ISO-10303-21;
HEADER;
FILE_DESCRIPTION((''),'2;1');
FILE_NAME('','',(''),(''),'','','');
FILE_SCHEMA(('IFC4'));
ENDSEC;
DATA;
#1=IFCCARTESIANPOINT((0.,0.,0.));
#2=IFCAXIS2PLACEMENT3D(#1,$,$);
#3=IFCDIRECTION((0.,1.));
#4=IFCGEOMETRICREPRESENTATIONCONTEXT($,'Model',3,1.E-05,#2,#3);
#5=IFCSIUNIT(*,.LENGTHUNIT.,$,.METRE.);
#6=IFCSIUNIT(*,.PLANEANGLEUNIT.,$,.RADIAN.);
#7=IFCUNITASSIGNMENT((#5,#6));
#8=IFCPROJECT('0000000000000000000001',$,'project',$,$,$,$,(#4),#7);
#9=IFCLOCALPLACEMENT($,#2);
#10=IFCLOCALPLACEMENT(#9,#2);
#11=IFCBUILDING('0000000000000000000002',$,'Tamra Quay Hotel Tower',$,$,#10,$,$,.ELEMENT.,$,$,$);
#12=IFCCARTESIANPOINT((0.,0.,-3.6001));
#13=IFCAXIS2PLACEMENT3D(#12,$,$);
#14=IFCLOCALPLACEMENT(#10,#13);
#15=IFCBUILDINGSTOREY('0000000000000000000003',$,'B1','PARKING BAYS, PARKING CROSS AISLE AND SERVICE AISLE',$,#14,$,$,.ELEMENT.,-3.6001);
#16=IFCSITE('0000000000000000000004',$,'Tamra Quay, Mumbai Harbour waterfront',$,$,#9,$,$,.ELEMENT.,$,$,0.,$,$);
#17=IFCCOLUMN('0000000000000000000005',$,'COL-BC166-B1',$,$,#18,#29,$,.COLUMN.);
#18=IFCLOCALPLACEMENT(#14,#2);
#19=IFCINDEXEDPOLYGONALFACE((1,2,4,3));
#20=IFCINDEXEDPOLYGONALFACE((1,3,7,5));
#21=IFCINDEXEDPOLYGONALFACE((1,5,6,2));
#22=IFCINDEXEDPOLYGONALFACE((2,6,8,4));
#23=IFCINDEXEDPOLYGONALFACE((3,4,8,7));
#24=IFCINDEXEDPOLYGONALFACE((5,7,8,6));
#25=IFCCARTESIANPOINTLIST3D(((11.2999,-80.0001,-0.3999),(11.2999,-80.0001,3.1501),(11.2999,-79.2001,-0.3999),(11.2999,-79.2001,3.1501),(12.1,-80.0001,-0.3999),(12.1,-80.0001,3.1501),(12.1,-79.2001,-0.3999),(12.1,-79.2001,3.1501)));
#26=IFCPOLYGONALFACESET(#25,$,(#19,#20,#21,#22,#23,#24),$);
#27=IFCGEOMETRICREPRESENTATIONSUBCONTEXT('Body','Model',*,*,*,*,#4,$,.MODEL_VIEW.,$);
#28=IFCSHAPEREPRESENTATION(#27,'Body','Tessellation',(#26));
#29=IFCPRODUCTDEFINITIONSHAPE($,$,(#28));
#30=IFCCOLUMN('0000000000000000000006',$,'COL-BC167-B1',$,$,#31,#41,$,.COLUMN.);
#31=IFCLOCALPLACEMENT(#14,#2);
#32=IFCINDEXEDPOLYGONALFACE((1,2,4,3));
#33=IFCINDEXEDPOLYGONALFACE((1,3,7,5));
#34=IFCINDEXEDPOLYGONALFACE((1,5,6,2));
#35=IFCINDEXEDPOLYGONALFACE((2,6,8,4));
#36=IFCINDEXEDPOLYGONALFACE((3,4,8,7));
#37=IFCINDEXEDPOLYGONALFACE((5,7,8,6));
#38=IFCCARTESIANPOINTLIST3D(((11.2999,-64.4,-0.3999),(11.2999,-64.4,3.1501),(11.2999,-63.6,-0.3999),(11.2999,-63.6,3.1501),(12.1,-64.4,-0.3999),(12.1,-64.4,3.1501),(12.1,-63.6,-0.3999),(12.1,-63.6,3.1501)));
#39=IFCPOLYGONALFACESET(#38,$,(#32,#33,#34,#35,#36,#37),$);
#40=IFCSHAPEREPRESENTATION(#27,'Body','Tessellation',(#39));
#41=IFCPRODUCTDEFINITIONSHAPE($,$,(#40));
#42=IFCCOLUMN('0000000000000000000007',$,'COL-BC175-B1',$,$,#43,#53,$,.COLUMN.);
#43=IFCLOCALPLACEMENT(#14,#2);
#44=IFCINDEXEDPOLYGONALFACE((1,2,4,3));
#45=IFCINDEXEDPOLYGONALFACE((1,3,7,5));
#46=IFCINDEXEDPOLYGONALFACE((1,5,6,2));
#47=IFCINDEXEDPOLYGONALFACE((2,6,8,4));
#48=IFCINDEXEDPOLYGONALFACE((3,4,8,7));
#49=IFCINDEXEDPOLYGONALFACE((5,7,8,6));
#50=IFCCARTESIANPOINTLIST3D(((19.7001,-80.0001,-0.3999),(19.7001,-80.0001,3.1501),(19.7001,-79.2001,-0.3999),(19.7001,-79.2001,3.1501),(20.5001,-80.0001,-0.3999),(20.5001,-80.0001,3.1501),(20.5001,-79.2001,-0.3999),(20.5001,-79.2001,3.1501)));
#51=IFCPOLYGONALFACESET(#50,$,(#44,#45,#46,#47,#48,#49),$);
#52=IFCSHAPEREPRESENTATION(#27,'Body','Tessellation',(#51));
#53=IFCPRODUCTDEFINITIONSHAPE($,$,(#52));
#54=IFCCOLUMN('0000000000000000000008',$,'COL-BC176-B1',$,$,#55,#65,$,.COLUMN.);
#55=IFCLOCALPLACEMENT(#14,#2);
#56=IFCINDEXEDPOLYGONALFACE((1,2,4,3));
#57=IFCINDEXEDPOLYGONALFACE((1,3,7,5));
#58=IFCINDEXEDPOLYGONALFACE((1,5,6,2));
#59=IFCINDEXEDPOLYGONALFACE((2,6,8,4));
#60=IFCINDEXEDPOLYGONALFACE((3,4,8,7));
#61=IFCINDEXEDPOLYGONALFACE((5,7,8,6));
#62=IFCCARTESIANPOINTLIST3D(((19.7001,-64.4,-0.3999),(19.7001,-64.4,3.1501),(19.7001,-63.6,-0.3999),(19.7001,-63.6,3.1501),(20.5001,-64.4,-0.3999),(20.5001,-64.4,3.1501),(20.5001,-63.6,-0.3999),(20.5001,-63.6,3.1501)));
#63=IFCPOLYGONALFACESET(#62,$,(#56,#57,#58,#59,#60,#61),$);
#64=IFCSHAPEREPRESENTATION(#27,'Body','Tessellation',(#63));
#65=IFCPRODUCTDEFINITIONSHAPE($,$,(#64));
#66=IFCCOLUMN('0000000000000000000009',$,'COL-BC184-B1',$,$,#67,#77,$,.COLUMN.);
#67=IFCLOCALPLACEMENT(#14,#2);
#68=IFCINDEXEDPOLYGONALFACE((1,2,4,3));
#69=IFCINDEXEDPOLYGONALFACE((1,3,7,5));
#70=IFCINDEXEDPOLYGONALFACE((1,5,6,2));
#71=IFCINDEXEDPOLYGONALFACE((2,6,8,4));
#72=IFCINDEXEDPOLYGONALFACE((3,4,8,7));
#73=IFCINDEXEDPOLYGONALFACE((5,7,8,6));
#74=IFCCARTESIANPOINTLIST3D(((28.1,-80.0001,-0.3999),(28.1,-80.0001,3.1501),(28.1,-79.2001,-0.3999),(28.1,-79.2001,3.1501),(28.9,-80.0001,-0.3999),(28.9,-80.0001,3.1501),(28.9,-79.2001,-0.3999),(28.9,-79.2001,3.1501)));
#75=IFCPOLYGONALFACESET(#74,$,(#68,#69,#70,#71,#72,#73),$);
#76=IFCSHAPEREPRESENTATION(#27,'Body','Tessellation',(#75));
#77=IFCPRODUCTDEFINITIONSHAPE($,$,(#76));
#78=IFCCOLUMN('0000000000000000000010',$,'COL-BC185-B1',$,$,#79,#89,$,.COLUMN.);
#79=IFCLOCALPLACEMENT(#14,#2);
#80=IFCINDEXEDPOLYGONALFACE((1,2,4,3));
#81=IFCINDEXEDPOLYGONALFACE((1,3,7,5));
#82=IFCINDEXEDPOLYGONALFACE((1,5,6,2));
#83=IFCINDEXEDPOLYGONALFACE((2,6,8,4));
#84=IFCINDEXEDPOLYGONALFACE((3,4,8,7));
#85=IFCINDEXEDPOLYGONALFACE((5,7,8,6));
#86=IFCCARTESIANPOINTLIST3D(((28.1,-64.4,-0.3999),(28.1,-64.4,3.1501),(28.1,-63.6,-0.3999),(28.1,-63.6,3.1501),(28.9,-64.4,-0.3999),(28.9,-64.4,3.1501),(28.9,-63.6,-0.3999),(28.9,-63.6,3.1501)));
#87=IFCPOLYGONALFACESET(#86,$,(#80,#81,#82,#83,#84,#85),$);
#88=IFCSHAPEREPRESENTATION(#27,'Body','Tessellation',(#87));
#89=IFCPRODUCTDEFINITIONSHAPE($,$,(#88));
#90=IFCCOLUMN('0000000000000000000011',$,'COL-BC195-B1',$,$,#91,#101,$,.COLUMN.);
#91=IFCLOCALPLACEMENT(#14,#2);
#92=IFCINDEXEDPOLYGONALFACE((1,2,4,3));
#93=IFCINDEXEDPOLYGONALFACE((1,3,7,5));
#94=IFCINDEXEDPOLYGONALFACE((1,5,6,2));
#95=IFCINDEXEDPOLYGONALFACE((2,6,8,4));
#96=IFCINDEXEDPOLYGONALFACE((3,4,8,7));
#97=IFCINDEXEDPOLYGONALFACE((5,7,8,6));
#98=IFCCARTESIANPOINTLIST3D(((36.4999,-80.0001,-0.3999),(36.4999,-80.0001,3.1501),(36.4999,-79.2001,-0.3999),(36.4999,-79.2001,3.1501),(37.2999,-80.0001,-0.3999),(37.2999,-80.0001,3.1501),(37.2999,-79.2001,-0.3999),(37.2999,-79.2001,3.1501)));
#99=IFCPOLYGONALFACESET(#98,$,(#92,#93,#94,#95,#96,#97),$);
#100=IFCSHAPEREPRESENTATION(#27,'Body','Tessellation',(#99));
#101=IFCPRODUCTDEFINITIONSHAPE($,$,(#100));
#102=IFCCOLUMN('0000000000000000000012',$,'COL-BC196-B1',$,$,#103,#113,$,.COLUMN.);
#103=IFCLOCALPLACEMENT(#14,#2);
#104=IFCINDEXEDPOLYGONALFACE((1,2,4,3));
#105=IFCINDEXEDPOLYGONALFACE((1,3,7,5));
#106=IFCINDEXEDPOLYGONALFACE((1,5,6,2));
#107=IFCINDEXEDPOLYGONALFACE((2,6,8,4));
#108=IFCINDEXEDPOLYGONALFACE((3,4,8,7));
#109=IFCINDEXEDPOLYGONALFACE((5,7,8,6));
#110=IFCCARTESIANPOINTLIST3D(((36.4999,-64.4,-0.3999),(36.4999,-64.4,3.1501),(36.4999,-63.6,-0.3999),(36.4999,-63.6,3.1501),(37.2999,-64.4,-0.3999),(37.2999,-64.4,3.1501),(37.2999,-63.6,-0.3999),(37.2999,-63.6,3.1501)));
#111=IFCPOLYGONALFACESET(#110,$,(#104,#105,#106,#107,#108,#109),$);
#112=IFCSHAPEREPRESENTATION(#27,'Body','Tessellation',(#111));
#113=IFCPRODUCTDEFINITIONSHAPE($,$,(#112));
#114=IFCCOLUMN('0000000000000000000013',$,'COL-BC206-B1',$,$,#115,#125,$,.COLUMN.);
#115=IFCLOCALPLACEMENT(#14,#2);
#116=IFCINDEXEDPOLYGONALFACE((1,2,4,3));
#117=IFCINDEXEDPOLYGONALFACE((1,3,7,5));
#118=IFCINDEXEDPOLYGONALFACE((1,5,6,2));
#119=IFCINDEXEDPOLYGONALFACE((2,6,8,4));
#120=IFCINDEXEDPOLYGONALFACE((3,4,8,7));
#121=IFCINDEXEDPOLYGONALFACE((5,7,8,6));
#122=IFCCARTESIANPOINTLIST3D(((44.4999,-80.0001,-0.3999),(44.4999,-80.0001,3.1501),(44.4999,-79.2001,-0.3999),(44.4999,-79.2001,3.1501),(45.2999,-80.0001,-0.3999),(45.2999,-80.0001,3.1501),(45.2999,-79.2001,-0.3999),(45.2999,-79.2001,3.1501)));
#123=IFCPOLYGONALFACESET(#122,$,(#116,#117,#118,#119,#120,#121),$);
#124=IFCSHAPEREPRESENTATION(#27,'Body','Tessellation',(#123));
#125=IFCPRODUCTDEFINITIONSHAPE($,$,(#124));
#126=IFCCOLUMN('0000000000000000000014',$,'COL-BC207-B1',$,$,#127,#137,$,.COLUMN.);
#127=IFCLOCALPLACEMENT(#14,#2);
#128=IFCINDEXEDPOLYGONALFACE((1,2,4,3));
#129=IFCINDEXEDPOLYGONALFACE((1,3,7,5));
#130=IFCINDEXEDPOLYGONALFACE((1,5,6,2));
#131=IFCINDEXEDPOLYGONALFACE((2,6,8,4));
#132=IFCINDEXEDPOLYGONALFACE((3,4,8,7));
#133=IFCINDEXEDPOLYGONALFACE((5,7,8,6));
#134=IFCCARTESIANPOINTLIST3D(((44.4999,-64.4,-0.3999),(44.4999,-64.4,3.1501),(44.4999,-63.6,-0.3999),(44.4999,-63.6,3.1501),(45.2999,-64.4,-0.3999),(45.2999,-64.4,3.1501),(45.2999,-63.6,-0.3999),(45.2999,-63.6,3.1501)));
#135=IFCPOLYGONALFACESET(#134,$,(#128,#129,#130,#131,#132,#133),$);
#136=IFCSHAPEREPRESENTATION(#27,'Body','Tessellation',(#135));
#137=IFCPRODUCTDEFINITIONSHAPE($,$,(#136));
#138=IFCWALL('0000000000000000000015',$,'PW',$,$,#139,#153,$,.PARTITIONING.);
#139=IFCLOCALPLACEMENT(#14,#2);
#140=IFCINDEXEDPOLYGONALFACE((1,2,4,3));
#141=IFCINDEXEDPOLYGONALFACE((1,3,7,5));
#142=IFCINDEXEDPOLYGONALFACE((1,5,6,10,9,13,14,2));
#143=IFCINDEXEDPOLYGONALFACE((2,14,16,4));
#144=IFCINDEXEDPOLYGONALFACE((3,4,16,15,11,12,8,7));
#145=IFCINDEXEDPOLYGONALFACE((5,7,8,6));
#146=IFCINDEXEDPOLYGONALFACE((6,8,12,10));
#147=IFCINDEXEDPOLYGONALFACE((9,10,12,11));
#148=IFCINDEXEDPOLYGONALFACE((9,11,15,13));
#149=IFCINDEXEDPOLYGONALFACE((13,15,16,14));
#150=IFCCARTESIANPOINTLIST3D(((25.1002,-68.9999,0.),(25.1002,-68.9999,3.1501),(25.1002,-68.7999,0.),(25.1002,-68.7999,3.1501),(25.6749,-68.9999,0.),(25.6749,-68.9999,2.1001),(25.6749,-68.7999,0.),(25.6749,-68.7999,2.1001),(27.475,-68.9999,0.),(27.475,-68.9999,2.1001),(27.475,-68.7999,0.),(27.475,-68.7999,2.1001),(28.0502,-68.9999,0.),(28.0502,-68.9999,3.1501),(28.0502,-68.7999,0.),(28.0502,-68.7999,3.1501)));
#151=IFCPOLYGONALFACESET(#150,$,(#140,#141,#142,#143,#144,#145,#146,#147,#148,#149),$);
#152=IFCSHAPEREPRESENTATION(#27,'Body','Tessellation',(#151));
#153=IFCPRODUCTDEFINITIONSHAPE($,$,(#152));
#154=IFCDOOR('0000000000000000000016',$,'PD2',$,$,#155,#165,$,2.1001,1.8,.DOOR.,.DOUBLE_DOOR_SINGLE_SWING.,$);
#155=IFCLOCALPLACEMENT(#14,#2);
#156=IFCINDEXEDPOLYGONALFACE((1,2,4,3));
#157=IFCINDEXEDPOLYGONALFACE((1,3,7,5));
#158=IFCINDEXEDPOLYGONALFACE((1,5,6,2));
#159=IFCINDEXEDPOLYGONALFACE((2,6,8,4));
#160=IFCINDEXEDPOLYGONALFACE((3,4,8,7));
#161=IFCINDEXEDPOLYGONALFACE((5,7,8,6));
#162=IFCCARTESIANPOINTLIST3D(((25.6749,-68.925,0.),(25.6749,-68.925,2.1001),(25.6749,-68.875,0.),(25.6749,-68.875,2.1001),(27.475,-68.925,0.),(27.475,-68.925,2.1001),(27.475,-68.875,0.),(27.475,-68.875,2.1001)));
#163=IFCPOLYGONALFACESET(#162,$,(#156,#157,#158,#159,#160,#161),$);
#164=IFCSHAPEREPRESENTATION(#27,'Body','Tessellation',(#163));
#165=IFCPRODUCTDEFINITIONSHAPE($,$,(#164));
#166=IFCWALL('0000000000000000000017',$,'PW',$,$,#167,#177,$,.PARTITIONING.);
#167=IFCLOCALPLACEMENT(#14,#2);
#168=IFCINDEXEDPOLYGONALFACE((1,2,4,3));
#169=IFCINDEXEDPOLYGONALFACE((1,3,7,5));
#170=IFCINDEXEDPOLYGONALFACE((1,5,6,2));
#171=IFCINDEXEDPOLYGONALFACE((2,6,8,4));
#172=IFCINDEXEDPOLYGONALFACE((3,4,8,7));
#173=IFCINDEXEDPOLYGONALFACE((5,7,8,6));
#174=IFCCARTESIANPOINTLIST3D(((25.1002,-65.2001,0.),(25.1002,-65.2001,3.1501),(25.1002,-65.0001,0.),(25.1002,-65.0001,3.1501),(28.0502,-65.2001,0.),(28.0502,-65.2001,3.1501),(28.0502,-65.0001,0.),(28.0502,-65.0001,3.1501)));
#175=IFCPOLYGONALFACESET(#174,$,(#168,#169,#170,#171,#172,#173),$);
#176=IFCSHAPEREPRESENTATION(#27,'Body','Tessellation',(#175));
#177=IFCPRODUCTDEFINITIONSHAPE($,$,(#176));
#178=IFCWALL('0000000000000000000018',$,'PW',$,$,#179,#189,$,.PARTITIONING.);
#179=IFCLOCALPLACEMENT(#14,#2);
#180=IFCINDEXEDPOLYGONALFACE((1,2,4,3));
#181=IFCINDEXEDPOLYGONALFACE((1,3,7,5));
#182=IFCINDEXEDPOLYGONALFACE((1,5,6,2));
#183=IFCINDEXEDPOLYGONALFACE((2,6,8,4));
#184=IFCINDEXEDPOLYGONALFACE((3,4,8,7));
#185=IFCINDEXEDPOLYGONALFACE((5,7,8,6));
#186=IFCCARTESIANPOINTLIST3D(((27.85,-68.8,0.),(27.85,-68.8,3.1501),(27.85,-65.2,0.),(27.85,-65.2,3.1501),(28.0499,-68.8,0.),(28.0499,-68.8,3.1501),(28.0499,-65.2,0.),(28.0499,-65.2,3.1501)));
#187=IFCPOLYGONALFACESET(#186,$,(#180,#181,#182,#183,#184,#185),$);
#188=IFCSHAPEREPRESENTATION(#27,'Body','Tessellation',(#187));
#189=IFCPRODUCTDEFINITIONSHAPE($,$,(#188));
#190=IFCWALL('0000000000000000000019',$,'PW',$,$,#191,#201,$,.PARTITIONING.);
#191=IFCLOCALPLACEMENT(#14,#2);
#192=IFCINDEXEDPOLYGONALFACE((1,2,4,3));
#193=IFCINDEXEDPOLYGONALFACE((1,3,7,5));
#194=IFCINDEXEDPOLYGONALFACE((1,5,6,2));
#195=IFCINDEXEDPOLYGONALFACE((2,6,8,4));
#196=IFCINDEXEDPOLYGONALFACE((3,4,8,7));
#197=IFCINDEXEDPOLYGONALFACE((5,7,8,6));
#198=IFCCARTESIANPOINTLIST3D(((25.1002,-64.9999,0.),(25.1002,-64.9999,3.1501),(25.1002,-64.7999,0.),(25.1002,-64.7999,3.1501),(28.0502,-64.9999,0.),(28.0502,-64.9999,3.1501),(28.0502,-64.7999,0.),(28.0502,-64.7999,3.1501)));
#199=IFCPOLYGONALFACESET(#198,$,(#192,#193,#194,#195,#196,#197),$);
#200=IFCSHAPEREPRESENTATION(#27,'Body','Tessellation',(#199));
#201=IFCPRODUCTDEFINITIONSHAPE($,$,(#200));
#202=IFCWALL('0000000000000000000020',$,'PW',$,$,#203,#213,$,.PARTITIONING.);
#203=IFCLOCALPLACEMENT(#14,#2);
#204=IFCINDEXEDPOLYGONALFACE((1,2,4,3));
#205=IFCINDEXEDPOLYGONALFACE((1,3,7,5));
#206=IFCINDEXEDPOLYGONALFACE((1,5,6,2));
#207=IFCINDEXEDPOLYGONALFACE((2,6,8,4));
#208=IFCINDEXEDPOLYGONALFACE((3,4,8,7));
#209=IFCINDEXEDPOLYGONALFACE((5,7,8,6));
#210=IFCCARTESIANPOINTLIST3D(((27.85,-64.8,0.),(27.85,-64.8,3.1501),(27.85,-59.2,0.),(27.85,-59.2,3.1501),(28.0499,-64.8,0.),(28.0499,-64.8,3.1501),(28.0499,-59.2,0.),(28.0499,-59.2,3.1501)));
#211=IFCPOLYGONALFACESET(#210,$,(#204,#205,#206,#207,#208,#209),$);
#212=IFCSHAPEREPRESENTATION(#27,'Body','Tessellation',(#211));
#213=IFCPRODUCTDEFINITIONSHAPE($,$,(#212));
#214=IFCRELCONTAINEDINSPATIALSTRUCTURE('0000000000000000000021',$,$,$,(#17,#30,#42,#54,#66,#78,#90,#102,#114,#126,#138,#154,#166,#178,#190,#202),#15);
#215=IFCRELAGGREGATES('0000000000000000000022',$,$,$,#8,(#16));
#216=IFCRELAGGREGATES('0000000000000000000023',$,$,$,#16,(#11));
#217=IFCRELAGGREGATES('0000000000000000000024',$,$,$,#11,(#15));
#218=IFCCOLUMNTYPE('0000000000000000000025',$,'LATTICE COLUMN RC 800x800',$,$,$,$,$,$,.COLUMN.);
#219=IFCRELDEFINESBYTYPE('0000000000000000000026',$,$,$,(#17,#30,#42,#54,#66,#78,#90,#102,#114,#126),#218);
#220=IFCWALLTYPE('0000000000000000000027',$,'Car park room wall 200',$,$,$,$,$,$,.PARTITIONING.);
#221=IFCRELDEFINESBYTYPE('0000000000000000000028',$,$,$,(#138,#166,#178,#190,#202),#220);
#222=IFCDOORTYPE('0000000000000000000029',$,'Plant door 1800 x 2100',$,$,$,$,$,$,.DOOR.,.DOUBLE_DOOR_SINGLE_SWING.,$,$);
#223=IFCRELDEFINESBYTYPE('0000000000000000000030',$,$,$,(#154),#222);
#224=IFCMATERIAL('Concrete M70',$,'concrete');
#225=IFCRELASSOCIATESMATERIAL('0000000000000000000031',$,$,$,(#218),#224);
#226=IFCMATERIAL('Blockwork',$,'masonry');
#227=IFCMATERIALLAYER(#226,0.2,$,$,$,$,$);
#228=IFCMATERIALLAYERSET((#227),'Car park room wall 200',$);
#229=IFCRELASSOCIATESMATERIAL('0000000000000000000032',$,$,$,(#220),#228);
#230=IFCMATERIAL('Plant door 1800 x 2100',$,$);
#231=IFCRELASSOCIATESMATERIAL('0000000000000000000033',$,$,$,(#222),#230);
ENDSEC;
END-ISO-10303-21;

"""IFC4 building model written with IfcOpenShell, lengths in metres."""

from ifc_helpers import new_model, si_unit, direction, frame, frame_2d, origin, origin_2d, place, context, subcontext, project, spatial, rectangle, extrude, material, layer, layer_set, material_profile, profile_set, type_object, element, fill, save


model = new_model("IFC4")

# Units and contexts
model_context = context("Model", 3, precision=1e-05, world=origin(), true_north=direction((0.0, 1.0)))
body_context = subcontext(model_context, "Body", "Model", "MODEL_VIEW")
ifc_project = project(units=[si_unit("LENGTHUNIT", "METRE"), si_unit("PLANEANGLEUNIT", "RADIAN")], contexts=[model_context])

# Site, building, storey
site_placement = place(None, origin())
site = spatial("IfcSite", under=ifc_project, at=site_placement, Name="Tamra Quay, Mumbai Harbour waterfront", CompositionType="ELEMENT", RefElevation=0.0)
building_placement = place(site_placement, origin())
building = spatial("IfcBuilding", under=site, at=building_placement, Name="Tamra Quay Hotel Tower", CompositionType="ELEMENT")
storey_placement = place(building_placement, frame((0.0, 0.0, -3.6001)))
storey = spatial("IfcBuildingStorey", under=building, at=storey_placement, Name="B1", Description="PARKING BAYS, PARKING CROSS AISLE AND SERVICE AISLE", CompositionType="ELEMENT", Elevation=-3.6001)

# Columns
ifc_material_1 = material(Name="Concrete M70", Category="concrete")
ifc_material_profile = material_profile(ifc_material_1, rectangle(XDim=0.8, YDim=0.8, at=origin_2d()), Name="LATTICE COLUMN RC 800x800")
ifc_profile_set = profile_set([ifc_material_profile], Name="Concrete M70")
column_type = type_object("IfcColumnType", Name="LATTICE COLUMN RC 800x800", PredefinedType="COLUMN", material=ifc_profile_set)
for number, where, z_axis, x_axis, name in (
    (1, (11.7, -79.6001, -0.3999), (0.0, 0.0, 1.0), (1.0, 0.0, 0.0), "COL-BC166-B1"),
    (2, (11.7, -64.0, -0.3999), (0.0, 0.0, 1.0), (1.0, 0.0, 0.0), "COL-BC167-B1"),
    (3, (20.1001, -79.6001, -0.3999), (0.0, 0.0, 1.0), (1.0, 0.0, 0.0), "COL-BC175-B1"),
    (4, (20.1001, -64.0, -0.3999), (0.0, 0.0, 1.0), (1.0, 0.0, 0.0), "COL-BC176-B1"),
    (5, (28.5, -79.6001, -0.3999), (0.0, 0.0, 1.0), (1.0, 0.0, 0.0), "COL-BC184-B1"),
    (6, (28.5, -64.0, -0.3999), (0.0, 0.0, 1.0), (1.0, 0.0, 0.0), "COL-BC185-B1"),
    (7, (36.8999, -79.6001, -0.3999), (0.0, 0.0, 1.0), (1.0, 0.0, 0.0), "COL-BC195-B1"),
    (8, (36.8999, -64.0, -0.3999), (0.0, 0.0, 1.0), (1.0, 0.0, 0.0), "COL-BC196-B1"),
    (9, (44.8999, -79.6001, -0.3999), (0.0, 0.0, 1.0), (1.0, 0.0, 0.0), "COL-BC206-B1"),
    (10, (44.8999, -64.0, -0.3999), (0.0, 0.0, 1.0), (1.0, 0.0, 0.0), "COL-BC207-B1"),
):
    element("IfcColumn", number, at=place(storey_placement, frame(where, z_axis=z_axis, x_axis=x_axis)), inside=storey, type_object=column_type, Name=name, PredefinedType="COLUMN", context=body_context, shape_type="SweptSolid", body=[
        extrude(rectangle(XDim=0.8, YDim=0.8, at=origin_2d()), origin(), (0.0, 0.0, 1.0), 3.55),
    ])

# Wall, opening, door
ifc_material_2 = material(Name="Blockwork", Category="masonry")
ifc_layer_1 = layer(ifc_material_2, 0.2)
ifc_layer_set_1 = layer_set([ifc_layer_1], Name="Car park room wall 200")
wall_type_1 = type_object("IfcWallType", Name="Car park room wall 200", PredefinedType="PARTITIONING", material=ifc_layer_set_1)
wall_1_placement = place(storey_placement, frame((25.1001, -68.8999, 0.0), z_axis=(0.0, 0.0, 1.0), x_axis=(1.0, 0.0, 0.0)))
wall_1 = element("IfcWall", 11, at=wall_1_placement, inside=storey, type_object=wall_type_1, Name="PW", PredefinedType="PARTITIONING", context=body_context, shape_type="SweptSolid", body=[
    extrude(rectangle(XDim=2.95, YDim=0.2, at=frame_2d((1.4751, 0.0))), origin(), (0.0, 0.0, 1.0), 3.1501),
])
opening_1_placement = place(wall_1_placement, frame((0.575, 0.0, 0.0)))
opening_1 = element("IfcOpeningElement", 12, at=opening_1_placement, cuts=wall_1, PredefinedType="OPENING", context=body_context, shape_type="SweptSolid", body=[
    extrude(rectangle(XDim=1.8, YDim=2.1001, at=frame_2d((0.8999, 1.05))), frame((0.0, 0.1099, 0.0), z_axis=(0.0, -1.0, 0.0), x_axis=(1.0, 0.0, 0.0)), (0.0, 0.0, 1.0), 0.22),
])
ifc_material_3 = material(Name="Plant door 1800 x 2100")
door_type_1 = type_object("IfcDoorType", Name="Plant door 1800 x 2100", OperationType="DOUBLE_DOOR_SINGLE_SWING", PredefinedType="DOOR", material=ifc_material_3)
door_1_placement = place(opening_1_placement, origin())
door_1 = element("IfcDoor", 13, at=door_1_placement, inside=storey, type_object=door_type_1, Name="PD2", OperationType="DOUBLE_DOOR_SINGLE_SWING", OverallHeight=2.1001, OverallWidth=1.8, PredefinedType="DOOR", context=body_context, shape_type="SweptSolid", body=[
    extrude(rectangle(XDim=1.8, YDim=2.1001, at=frame_2d((0.8999, 1.05))), frame((0.0, 0.0249, 0.0), z_axis=(0.0, -1.0, 0.0), x_axis=(1.0, 0.0, 0.0)), (0.0, 0.0, 1.0), 0.05),
])
fill(opening_1, door_1)

# Walls
wall_2_placement = place(storey_placement, frame((25.1001, -65.1001, 0.0), z_axis=(0.0, 0.0, 1.0), x_axis=(1.0, 0.0, 0.0)))
element("IfcWall", 14, at=wall_2_placement, inside=storey, type_object=wall_type_1, Name="PW", PredefinedType="PARTITIONING", context=body_context, shape_type="SweptSolid", body=[
    extrude(rectangle(XDim=2.95, YDim=0.2, at=frame_2d((1.4751, 0.0))), origin(), (0.0, 0.0, 1.0), 3.1501),
])
wall_3_placement = place(storey_placement, frame((27.95, -68.8, 0.0), z_axis=(0.0, 0.0, 1.0), x_axis=(0.0, 1.0, 0.0)))
element("IfcWall", 15, at=wall_3_placement, inside=storey, type_object=wall_type_1, Name="PW", PredefinedType="PARTITIONING", context=body_context, shape_type="SweptSolid", body=[
    extrude(rectangle(XDim=3.6001, YDim=0.2, at=frame_2d((1.8, 0.0))), origin(), (0.0, 0.0, 1.0), 3.1501),
])
wall_4_placement = place(storey_placement, frame((25.1001, -64.8999, 0.0), z_axis=(0.0, 0.0, 1.0), x_axis=(1.0, 0.0, 0.0)))
element("IfcWall", 16, at=wall_4_placement, inside=storey, type_object=wall_type_1, Name="PW", PredefinedType="PARTITIONING", context=body_context, shape_type="SweptSolid", body=[
    extrude(rectangle(XDim=2.95, YDim=0.2, at=frame_2d((1.4751, 0.0))), origin(), (0.0, 0.0, 1.0), 3.1501),
])
wall_5_placement = place(storey_placement, frame((27.95, -64.8, 0.0), z_axis=(0.0, 0.0, 1.0), x_axis=(0.0, 1.0, 0.0)))
element("IfcWall", 17, at=wall_5_placement, inside=storey, type_object=wall_type_1, Name="PW", PredefinedType="PARTITIONING", context=body_context, shape_type="SweptSolid", body=[
    extrude(rectangle(XDim=5.6001, YDim=0.2, at=frame_2d((2.8, 0.0))), origin(), (0.0, 0.0, 1.0), 3.1501),
])

save(model, "model.ifc")
